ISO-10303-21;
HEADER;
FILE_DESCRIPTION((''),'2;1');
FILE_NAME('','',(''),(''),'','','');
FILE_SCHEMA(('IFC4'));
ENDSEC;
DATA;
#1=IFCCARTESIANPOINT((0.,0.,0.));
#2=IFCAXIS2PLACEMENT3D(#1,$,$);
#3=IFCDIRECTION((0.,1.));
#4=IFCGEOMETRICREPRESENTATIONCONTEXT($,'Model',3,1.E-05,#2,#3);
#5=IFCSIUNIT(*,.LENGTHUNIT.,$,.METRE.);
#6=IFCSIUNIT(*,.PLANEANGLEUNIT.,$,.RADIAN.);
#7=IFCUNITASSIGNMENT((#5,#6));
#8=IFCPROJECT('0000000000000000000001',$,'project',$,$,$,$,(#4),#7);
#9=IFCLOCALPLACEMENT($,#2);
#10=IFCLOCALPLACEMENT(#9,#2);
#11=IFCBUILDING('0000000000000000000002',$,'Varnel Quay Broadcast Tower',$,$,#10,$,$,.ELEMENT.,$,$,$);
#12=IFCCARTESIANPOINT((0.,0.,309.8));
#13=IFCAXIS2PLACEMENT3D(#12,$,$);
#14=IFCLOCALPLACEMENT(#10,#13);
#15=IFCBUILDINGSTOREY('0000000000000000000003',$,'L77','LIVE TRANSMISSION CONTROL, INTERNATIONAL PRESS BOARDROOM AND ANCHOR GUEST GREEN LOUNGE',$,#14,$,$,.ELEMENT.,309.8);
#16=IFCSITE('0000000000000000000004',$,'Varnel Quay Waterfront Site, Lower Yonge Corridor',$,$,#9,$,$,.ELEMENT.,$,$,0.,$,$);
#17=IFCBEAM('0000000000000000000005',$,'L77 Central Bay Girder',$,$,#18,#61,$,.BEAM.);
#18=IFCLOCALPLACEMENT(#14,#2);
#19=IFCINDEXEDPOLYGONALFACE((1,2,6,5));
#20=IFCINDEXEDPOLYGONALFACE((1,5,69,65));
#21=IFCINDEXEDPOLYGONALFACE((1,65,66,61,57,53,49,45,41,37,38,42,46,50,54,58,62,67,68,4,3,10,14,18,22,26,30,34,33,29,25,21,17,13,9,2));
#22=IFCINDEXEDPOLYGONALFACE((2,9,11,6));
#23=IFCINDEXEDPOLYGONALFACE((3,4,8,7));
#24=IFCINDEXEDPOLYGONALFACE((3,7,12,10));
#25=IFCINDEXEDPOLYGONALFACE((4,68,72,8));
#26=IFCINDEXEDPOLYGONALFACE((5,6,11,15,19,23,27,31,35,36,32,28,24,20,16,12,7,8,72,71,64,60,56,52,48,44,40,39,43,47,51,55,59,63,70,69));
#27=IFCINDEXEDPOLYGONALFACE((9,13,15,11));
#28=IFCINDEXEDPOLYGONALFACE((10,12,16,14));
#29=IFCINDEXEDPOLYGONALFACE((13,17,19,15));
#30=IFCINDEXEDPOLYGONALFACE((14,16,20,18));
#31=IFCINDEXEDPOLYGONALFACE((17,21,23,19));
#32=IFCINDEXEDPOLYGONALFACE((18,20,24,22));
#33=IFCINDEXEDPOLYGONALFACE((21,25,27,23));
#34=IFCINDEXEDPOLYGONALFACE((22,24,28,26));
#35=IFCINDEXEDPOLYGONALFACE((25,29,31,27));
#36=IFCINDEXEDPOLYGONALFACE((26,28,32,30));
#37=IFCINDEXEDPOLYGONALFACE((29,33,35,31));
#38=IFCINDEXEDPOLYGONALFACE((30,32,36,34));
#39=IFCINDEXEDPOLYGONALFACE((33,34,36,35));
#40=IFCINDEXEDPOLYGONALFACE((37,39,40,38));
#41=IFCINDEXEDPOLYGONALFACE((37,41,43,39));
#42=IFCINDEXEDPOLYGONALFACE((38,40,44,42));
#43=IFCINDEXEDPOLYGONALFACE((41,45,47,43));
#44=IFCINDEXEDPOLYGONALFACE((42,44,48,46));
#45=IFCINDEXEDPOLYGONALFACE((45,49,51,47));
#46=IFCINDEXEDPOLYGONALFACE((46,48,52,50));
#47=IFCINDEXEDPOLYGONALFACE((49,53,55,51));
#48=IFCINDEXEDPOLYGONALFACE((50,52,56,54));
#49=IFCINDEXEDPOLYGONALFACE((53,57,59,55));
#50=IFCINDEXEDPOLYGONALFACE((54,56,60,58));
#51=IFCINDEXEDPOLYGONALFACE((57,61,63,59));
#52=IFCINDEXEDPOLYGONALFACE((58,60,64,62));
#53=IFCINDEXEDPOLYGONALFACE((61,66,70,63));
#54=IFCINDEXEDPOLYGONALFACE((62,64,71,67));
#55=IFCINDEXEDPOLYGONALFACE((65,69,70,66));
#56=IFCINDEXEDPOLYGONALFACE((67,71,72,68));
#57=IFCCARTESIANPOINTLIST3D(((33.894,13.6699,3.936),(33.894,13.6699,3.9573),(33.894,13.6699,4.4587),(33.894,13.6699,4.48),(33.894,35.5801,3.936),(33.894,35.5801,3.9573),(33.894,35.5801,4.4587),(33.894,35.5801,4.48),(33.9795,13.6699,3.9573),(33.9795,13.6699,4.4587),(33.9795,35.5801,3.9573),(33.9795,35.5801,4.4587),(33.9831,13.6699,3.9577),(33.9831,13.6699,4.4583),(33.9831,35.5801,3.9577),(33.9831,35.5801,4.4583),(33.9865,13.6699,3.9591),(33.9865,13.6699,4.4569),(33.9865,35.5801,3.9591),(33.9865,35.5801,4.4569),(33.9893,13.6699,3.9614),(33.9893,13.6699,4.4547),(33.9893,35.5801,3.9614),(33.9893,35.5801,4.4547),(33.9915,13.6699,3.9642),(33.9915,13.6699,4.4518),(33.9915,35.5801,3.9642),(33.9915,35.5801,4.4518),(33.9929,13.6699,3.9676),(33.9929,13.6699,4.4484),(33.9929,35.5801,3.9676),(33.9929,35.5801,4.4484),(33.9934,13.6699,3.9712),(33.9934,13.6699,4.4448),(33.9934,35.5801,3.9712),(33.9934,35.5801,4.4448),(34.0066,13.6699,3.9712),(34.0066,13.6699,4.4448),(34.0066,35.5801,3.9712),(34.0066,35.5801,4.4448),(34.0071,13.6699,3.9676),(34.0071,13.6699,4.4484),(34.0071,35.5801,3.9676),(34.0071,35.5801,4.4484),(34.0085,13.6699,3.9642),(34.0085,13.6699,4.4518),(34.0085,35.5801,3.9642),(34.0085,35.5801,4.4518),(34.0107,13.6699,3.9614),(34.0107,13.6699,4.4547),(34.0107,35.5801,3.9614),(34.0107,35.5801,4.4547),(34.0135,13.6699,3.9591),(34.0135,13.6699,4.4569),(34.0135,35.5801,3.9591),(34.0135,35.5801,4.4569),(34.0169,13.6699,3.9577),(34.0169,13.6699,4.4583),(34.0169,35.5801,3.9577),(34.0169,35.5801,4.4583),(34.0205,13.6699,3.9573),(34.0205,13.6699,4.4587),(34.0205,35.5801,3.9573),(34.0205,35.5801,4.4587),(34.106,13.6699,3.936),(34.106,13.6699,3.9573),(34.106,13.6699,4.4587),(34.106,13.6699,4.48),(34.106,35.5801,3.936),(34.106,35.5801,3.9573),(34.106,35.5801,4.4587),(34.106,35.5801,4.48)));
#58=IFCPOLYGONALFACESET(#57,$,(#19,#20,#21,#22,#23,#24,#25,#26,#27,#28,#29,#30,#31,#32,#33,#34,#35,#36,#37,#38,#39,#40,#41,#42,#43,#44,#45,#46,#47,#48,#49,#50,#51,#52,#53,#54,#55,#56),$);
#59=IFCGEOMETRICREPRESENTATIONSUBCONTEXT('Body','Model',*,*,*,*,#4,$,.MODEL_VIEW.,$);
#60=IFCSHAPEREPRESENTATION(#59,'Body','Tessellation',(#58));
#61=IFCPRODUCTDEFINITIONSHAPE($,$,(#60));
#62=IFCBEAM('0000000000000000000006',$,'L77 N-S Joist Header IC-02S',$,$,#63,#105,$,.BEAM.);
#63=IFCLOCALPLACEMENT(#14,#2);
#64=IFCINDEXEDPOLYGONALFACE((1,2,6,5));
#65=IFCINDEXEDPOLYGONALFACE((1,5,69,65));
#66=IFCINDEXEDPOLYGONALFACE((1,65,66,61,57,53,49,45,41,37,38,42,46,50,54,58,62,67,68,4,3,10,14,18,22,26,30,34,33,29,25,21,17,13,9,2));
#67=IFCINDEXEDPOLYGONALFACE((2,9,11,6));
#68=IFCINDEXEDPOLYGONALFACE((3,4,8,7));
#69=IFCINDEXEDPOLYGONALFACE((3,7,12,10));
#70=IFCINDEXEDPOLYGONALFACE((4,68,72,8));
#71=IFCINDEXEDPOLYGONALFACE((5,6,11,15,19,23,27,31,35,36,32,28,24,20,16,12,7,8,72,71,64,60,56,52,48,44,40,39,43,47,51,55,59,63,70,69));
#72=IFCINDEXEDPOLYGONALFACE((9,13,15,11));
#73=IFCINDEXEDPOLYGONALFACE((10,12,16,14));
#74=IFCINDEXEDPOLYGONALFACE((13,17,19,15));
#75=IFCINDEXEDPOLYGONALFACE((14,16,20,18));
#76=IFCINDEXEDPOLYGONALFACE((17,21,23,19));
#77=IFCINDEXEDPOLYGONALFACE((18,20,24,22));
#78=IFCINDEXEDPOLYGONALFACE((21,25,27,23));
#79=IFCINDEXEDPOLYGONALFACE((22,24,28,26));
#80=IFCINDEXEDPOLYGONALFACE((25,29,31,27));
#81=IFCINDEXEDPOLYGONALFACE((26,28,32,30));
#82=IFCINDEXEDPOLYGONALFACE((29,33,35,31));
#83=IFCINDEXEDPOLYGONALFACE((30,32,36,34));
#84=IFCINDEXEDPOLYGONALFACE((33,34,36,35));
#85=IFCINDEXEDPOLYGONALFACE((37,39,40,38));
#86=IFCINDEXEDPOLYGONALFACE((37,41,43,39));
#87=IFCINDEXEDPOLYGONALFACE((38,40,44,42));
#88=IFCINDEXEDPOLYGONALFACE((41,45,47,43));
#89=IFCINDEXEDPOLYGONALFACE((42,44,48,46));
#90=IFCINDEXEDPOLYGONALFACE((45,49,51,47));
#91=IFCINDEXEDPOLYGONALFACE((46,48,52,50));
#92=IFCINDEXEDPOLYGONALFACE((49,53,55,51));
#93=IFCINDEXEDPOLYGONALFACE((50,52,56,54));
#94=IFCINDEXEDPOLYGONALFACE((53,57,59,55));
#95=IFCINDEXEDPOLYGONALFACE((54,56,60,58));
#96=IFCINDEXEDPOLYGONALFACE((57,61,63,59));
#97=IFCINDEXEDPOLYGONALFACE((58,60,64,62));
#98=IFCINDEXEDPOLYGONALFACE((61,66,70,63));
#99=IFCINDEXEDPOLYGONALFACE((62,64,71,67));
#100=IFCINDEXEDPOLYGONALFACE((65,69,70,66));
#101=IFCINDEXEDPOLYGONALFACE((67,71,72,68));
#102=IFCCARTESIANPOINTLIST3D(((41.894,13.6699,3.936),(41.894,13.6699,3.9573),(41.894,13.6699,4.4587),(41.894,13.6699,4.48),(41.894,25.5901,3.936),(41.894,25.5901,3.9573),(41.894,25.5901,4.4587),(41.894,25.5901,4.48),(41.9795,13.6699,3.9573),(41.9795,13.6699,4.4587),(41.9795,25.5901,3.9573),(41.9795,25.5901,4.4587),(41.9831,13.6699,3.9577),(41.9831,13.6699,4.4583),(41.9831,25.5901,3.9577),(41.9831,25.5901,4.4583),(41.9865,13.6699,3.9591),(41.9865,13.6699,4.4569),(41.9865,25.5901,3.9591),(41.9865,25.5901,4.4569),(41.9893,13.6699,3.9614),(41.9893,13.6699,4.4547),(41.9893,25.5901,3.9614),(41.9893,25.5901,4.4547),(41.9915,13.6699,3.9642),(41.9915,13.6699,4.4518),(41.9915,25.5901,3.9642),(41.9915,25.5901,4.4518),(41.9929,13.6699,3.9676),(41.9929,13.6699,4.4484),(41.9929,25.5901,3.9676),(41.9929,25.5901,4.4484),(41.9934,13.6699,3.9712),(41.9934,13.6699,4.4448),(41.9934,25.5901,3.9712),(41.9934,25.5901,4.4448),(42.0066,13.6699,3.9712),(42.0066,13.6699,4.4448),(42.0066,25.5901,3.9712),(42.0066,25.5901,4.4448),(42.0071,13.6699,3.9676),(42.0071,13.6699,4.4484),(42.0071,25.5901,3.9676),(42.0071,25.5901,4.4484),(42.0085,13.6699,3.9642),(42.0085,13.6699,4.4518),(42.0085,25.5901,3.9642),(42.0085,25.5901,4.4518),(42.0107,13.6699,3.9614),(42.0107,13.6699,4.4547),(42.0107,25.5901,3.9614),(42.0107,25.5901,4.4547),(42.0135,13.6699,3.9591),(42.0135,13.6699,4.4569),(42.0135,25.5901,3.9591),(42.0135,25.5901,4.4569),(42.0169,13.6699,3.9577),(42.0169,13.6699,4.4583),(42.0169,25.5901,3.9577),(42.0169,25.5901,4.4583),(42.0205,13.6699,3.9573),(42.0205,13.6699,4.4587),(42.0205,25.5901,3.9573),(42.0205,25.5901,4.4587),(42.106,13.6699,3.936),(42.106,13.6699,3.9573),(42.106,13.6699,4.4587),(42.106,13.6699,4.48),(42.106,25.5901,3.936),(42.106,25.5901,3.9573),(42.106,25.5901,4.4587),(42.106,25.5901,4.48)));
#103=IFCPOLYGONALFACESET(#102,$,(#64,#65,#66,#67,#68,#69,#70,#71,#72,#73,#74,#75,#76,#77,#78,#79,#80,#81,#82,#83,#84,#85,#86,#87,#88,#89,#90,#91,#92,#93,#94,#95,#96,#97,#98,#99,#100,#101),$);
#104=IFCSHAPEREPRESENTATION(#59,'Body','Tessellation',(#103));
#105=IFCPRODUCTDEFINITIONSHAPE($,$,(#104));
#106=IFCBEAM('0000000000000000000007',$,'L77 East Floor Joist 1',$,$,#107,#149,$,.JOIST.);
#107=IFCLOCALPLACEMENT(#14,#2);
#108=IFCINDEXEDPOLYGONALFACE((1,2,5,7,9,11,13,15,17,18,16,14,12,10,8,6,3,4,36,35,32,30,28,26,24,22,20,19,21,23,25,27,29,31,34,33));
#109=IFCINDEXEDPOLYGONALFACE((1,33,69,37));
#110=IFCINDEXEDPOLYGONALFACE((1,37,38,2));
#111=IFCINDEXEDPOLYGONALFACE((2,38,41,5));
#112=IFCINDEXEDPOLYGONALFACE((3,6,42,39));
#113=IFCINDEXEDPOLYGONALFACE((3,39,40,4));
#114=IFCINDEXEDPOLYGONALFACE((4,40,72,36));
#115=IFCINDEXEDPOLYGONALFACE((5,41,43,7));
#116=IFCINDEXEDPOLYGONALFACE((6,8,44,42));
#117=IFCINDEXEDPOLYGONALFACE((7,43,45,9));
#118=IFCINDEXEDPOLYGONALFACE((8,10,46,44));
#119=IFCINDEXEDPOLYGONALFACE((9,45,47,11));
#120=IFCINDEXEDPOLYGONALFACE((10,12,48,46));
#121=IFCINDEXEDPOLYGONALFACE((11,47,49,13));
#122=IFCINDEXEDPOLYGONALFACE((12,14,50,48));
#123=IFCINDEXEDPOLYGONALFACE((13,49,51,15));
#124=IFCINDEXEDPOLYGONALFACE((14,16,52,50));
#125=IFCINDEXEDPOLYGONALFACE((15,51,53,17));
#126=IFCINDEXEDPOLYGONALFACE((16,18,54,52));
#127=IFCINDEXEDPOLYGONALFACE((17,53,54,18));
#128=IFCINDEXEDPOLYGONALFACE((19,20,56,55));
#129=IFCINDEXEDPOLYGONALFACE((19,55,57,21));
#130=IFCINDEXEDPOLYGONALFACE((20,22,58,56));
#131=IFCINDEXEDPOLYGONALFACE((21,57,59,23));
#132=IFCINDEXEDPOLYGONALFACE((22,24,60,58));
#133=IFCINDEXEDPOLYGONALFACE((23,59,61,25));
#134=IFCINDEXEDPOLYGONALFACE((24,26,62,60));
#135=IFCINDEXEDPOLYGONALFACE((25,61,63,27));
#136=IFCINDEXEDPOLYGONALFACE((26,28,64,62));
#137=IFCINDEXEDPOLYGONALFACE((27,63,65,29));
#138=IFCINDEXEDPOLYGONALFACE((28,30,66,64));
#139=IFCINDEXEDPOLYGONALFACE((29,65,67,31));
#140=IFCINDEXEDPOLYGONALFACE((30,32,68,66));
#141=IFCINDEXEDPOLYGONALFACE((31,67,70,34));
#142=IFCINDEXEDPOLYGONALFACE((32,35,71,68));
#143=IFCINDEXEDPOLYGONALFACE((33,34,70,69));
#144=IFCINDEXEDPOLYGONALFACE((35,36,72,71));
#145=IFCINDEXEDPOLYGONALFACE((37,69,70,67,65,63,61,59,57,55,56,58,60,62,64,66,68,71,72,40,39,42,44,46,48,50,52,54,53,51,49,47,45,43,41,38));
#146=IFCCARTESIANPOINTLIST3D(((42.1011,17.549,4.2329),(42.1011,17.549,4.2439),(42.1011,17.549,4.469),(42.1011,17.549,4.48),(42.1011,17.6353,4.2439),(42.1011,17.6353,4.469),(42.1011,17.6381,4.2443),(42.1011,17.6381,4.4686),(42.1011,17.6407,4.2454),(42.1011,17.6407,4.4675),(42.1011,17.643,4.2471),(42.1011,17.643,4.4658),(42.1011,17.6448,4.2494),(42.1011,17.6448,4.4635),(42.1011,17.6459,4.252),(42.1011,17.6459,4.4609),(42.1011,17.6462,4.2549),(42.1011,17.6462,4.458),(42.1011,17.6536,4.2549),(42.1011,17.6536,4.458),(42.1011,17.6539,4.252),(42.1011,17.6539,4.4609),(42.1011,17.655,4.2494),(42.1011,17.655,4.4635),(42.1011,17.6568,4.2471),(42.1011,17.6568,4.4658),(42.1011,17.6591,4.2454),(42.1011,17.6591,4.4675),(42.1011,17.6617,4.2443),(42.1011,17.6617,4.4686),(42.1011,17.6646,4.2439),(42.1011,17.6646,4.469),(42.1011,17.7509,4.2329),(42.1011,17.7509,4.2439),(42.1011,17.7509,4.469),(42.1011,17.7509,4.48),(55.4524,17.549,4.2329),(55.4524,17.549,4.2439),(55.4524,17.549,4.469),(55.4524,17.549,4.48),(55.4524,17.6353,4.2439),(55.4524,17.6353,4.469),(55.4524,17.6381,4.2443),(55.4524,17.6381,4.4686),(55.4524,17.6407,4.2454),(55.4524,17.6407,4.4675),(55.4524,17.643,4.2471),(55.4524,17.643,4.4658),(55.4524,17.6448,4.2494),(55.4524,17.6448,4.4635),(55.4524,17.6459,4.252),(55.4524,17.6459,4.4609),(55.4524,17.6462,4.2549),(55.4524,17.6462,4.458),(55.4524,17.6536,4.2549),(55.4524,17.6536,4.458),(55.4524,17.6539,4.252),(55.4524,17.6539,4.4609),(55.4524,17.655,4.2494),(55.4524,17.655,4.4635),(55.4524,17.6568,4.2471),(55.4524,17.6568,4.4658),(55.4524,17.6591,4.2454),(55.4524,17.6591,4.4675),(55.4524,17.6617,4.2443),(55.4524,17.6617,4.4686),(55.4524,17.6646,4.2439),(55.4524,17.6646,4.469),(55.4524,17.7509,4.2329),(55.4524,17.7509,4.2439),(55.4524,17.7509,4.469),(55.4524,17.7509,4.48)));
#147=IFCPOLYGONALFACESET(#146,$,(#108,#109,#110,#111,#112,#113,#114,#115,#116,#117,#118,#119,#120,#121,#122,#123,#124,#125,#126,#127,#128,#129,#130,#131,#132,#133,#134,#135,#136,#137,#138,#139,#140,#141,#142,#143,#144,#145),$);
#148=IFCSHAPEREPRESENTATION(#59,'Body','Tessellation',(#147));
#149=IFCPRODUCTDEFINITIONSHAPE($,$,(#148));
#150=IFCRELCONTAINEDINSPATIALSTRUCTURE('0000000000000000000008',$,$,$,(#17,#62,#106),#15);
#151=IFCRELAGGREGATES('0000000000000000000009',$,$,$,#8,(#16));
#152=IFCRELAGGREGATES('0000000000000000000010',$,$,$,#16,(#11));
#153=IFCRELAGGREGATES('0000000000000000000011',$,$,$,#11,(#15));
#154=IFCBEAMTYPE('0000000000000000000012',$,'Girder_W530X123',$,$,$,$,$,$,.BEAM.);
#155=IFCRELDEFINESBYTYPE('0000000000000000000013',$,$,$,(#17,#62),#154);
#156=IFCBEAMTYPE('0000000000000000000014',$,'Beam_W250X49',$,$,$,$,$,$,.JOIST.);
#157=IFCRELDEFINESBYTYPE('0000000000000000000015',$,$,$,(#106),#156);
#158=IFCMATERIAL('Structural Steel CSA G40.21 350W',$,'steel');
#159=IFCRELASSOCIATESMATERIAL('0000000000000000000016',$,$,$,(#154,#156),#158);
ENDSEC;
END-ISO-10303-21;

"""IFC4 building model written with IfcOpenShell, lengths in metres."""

from ifc_helpers import new_model, si_unit, direction, frame, origin, origin_2d, place, context, subcontext, project, spatial, i_section, extrude, source, transform, mapped, material, material_profile, profile_set, type_object, type_shapes, element, save


model = new_model("IFC4")

# Units and contexts
model_context = context("Model", 3, precision=1e-05, world=origin(), true_north=direction((0.0, 1.0)))
body_context = subcontext(model_context, "Body", "Model", "MODEL_VIEW")
ifc_project = project(units=[si_unit("LENGTHUNIT", "METRE"), si_unit("PLANEANGLEUNIT", "RADIAN")], contexts=[model_context])

# Site, building, storey
site_placement = place(None, origin())
site = spatial("IfcSite", under=ifc_project, at=site_placement, Name="Varnel Quay Waterfront Site, Lower Yonge Corridor", CompositionType="ELEMENT", RefElevation=0.0)
building_placement = place(site_placement, origin())
building = spatial("IfcBuilding", under=site, at=building_placement, Name="Varnel Quay Broadcast Tower", CompositionType="ELEMENT")
storey_placement = place(building_placement, frame((0.0, 0.0, 309.8)))
storey = spatial("IfcBuildingStorey", under=building, at=storey_placement, Name="L77", Description="LIVE TRANSMISSION CONTROL, INTERNATIONAL PRESS BOARDROOM AND ANCHOR GUEST GREEN LOUNGE", CompositionType="ELEMENT", Elevation=309.8)

# Shared definitions
ifc_material_1 = material(Name="Structural Steel CSA G40.21 350W", Category="steel")

# Beams
ifc_material_profile_1 = material_profile(ifc_material_1, i_section(OverallWidth=0.2119, OverallDepth=0.5439, WebThickness=0.0132, FlangeThickness=0.0212, FilletRadius=0.0139, at=origin_2d()), Name="W530X123")
ifc_profile_set_1 = profile_set([ifc_material_profile_1], Name="Structural Steel CSA G40.21 350W")
beam_type_1 = type_object("IfcBeamType", Name="Girder_W530X123", PredefinedType="BEAM", material=ifc_profile_set_1)
shared_shape_1 = source(origin(), body_context, "Body", "SweptSolid", [
    extrude(i_section(OverallWidth=0.2119, OverallDepth=0.5439, WebThickness=0.0132, FlangeThickness=0.0212, FilletRadius=0.0139, at=origin_2d()), origin(), (0.0, 0.0, 1.0), 21.9102),
])
beam_1_placement = place(storey_placement, frame((34.0, 13.6699, 4.208), z_axis=(0.0, 1.0, 0.0), x_axis=(-1.0, 0.0, 0.0)))
element("IfcBeam", 1, at=beam_1_placement, inside=storey, type_object=beam_type_1, Name="L77 Central Bay Girder", PredefinedType="BEAM", context=body_context, shape_type="MappedRepresentation", body=[
    mapped(shared_shape_1, transform((0.0, 0.0, 0.0), x_axis=(1.0, 0.0, 0.0), y_axis=(0.0, 1.0, 0.0), z_axis=(0.0, 0.0, 1.0), scale=1.0)),
])
shared_shape_2 = source(origin(), body_context, "Body", "SweptSolid", [
    extrude(i_section(OverallWidth=0.2119, OverallDepth=0.5439, WebThickness=0.0132, FlangeThickness=0.0212, FilletRadius=0.0139, at=origin_2d()), origin(), (0.0, 0.0, 1.0), 11.9202),
])
beam_2_placement = place(storey_placement, frame((42.0, 13.6699, 4.208), z_axis=(0.0, 1.0, 0.0), x_axis=(-1.0, 0.0, 0.0)))
element("IfcBeam", 2, at=beam_2_placement, inside=storey, type_object=beam_type_1, Name="L77 N-S Joist Header IC-02S", PredefinedType="BEAM", context=body_context, shape_type="MappedRepresentation", body=[
    mapped(shared_shape_2, transform((0.0, 0.0, 0.0), x_axis=(1.0, 0.0, 0.0), y_axis=(0.0, 1.0, 0.0), z_axis=(0.0, 0.0, 1.0), scale=1.0)),
])
ifc_material_profile_2 = material_profile(ifc_material_1, i_section(OverallWidth=0.2019, OverallDepth=0.2471, WebThickness=0.0073, FlangeThickness=0.011, FilletRadius=0.011, at=origin_2d()), Name="W250X49")
ifc_profile_set_2 = profile_set([ifc_material_profile_2], Name="Structural Steel CSA G40.21 350W")
beam_type_2 = type_object("IfcBeamType", Name="Beam_W250X49", PredefinedType="JOIST", material=ifc_profile_set_2)
shared_shape_3 = source(origin(), body_context, "Body", "SweptSolid", [
    extrude(i_section(OverallWidth=0.2019, OverallDepth=0.2471, WebThickness=0.0073, FlangeThickness=0.011, FilletRadius=0.011, at=origin_2d()), origin(), (0.0, 0.0, 1.0), 13.3513),
])
type_shapes(beam_type_2, [shared_shape_3])
beam_3_placement = place(storey_placement, frame((42.1011, 17.6499, 4.3564), z_axis=(1.0, 0.0, 0.0), x_axis=(0.0, 1.0, 0.0)))
element("IfcBeam", 3, at=beam_3_placement, inside=storey, type_object=beam_type_2, Name="L77 East Floor Joist 1", PredefinedType="JOIST", context=body_context, shape_type="MappedRepresentation", body=[
    mapped(shared_shape_3, transform((0.0, 0.0, 0.0), x_axis=(1.0, 0.0, 0.0), y_axis=(0.0, 1.0, 0.0), z_axis=(0.0, 0.0, 1.0), scale=1.0)),
])

save(model, "model.ifc")
